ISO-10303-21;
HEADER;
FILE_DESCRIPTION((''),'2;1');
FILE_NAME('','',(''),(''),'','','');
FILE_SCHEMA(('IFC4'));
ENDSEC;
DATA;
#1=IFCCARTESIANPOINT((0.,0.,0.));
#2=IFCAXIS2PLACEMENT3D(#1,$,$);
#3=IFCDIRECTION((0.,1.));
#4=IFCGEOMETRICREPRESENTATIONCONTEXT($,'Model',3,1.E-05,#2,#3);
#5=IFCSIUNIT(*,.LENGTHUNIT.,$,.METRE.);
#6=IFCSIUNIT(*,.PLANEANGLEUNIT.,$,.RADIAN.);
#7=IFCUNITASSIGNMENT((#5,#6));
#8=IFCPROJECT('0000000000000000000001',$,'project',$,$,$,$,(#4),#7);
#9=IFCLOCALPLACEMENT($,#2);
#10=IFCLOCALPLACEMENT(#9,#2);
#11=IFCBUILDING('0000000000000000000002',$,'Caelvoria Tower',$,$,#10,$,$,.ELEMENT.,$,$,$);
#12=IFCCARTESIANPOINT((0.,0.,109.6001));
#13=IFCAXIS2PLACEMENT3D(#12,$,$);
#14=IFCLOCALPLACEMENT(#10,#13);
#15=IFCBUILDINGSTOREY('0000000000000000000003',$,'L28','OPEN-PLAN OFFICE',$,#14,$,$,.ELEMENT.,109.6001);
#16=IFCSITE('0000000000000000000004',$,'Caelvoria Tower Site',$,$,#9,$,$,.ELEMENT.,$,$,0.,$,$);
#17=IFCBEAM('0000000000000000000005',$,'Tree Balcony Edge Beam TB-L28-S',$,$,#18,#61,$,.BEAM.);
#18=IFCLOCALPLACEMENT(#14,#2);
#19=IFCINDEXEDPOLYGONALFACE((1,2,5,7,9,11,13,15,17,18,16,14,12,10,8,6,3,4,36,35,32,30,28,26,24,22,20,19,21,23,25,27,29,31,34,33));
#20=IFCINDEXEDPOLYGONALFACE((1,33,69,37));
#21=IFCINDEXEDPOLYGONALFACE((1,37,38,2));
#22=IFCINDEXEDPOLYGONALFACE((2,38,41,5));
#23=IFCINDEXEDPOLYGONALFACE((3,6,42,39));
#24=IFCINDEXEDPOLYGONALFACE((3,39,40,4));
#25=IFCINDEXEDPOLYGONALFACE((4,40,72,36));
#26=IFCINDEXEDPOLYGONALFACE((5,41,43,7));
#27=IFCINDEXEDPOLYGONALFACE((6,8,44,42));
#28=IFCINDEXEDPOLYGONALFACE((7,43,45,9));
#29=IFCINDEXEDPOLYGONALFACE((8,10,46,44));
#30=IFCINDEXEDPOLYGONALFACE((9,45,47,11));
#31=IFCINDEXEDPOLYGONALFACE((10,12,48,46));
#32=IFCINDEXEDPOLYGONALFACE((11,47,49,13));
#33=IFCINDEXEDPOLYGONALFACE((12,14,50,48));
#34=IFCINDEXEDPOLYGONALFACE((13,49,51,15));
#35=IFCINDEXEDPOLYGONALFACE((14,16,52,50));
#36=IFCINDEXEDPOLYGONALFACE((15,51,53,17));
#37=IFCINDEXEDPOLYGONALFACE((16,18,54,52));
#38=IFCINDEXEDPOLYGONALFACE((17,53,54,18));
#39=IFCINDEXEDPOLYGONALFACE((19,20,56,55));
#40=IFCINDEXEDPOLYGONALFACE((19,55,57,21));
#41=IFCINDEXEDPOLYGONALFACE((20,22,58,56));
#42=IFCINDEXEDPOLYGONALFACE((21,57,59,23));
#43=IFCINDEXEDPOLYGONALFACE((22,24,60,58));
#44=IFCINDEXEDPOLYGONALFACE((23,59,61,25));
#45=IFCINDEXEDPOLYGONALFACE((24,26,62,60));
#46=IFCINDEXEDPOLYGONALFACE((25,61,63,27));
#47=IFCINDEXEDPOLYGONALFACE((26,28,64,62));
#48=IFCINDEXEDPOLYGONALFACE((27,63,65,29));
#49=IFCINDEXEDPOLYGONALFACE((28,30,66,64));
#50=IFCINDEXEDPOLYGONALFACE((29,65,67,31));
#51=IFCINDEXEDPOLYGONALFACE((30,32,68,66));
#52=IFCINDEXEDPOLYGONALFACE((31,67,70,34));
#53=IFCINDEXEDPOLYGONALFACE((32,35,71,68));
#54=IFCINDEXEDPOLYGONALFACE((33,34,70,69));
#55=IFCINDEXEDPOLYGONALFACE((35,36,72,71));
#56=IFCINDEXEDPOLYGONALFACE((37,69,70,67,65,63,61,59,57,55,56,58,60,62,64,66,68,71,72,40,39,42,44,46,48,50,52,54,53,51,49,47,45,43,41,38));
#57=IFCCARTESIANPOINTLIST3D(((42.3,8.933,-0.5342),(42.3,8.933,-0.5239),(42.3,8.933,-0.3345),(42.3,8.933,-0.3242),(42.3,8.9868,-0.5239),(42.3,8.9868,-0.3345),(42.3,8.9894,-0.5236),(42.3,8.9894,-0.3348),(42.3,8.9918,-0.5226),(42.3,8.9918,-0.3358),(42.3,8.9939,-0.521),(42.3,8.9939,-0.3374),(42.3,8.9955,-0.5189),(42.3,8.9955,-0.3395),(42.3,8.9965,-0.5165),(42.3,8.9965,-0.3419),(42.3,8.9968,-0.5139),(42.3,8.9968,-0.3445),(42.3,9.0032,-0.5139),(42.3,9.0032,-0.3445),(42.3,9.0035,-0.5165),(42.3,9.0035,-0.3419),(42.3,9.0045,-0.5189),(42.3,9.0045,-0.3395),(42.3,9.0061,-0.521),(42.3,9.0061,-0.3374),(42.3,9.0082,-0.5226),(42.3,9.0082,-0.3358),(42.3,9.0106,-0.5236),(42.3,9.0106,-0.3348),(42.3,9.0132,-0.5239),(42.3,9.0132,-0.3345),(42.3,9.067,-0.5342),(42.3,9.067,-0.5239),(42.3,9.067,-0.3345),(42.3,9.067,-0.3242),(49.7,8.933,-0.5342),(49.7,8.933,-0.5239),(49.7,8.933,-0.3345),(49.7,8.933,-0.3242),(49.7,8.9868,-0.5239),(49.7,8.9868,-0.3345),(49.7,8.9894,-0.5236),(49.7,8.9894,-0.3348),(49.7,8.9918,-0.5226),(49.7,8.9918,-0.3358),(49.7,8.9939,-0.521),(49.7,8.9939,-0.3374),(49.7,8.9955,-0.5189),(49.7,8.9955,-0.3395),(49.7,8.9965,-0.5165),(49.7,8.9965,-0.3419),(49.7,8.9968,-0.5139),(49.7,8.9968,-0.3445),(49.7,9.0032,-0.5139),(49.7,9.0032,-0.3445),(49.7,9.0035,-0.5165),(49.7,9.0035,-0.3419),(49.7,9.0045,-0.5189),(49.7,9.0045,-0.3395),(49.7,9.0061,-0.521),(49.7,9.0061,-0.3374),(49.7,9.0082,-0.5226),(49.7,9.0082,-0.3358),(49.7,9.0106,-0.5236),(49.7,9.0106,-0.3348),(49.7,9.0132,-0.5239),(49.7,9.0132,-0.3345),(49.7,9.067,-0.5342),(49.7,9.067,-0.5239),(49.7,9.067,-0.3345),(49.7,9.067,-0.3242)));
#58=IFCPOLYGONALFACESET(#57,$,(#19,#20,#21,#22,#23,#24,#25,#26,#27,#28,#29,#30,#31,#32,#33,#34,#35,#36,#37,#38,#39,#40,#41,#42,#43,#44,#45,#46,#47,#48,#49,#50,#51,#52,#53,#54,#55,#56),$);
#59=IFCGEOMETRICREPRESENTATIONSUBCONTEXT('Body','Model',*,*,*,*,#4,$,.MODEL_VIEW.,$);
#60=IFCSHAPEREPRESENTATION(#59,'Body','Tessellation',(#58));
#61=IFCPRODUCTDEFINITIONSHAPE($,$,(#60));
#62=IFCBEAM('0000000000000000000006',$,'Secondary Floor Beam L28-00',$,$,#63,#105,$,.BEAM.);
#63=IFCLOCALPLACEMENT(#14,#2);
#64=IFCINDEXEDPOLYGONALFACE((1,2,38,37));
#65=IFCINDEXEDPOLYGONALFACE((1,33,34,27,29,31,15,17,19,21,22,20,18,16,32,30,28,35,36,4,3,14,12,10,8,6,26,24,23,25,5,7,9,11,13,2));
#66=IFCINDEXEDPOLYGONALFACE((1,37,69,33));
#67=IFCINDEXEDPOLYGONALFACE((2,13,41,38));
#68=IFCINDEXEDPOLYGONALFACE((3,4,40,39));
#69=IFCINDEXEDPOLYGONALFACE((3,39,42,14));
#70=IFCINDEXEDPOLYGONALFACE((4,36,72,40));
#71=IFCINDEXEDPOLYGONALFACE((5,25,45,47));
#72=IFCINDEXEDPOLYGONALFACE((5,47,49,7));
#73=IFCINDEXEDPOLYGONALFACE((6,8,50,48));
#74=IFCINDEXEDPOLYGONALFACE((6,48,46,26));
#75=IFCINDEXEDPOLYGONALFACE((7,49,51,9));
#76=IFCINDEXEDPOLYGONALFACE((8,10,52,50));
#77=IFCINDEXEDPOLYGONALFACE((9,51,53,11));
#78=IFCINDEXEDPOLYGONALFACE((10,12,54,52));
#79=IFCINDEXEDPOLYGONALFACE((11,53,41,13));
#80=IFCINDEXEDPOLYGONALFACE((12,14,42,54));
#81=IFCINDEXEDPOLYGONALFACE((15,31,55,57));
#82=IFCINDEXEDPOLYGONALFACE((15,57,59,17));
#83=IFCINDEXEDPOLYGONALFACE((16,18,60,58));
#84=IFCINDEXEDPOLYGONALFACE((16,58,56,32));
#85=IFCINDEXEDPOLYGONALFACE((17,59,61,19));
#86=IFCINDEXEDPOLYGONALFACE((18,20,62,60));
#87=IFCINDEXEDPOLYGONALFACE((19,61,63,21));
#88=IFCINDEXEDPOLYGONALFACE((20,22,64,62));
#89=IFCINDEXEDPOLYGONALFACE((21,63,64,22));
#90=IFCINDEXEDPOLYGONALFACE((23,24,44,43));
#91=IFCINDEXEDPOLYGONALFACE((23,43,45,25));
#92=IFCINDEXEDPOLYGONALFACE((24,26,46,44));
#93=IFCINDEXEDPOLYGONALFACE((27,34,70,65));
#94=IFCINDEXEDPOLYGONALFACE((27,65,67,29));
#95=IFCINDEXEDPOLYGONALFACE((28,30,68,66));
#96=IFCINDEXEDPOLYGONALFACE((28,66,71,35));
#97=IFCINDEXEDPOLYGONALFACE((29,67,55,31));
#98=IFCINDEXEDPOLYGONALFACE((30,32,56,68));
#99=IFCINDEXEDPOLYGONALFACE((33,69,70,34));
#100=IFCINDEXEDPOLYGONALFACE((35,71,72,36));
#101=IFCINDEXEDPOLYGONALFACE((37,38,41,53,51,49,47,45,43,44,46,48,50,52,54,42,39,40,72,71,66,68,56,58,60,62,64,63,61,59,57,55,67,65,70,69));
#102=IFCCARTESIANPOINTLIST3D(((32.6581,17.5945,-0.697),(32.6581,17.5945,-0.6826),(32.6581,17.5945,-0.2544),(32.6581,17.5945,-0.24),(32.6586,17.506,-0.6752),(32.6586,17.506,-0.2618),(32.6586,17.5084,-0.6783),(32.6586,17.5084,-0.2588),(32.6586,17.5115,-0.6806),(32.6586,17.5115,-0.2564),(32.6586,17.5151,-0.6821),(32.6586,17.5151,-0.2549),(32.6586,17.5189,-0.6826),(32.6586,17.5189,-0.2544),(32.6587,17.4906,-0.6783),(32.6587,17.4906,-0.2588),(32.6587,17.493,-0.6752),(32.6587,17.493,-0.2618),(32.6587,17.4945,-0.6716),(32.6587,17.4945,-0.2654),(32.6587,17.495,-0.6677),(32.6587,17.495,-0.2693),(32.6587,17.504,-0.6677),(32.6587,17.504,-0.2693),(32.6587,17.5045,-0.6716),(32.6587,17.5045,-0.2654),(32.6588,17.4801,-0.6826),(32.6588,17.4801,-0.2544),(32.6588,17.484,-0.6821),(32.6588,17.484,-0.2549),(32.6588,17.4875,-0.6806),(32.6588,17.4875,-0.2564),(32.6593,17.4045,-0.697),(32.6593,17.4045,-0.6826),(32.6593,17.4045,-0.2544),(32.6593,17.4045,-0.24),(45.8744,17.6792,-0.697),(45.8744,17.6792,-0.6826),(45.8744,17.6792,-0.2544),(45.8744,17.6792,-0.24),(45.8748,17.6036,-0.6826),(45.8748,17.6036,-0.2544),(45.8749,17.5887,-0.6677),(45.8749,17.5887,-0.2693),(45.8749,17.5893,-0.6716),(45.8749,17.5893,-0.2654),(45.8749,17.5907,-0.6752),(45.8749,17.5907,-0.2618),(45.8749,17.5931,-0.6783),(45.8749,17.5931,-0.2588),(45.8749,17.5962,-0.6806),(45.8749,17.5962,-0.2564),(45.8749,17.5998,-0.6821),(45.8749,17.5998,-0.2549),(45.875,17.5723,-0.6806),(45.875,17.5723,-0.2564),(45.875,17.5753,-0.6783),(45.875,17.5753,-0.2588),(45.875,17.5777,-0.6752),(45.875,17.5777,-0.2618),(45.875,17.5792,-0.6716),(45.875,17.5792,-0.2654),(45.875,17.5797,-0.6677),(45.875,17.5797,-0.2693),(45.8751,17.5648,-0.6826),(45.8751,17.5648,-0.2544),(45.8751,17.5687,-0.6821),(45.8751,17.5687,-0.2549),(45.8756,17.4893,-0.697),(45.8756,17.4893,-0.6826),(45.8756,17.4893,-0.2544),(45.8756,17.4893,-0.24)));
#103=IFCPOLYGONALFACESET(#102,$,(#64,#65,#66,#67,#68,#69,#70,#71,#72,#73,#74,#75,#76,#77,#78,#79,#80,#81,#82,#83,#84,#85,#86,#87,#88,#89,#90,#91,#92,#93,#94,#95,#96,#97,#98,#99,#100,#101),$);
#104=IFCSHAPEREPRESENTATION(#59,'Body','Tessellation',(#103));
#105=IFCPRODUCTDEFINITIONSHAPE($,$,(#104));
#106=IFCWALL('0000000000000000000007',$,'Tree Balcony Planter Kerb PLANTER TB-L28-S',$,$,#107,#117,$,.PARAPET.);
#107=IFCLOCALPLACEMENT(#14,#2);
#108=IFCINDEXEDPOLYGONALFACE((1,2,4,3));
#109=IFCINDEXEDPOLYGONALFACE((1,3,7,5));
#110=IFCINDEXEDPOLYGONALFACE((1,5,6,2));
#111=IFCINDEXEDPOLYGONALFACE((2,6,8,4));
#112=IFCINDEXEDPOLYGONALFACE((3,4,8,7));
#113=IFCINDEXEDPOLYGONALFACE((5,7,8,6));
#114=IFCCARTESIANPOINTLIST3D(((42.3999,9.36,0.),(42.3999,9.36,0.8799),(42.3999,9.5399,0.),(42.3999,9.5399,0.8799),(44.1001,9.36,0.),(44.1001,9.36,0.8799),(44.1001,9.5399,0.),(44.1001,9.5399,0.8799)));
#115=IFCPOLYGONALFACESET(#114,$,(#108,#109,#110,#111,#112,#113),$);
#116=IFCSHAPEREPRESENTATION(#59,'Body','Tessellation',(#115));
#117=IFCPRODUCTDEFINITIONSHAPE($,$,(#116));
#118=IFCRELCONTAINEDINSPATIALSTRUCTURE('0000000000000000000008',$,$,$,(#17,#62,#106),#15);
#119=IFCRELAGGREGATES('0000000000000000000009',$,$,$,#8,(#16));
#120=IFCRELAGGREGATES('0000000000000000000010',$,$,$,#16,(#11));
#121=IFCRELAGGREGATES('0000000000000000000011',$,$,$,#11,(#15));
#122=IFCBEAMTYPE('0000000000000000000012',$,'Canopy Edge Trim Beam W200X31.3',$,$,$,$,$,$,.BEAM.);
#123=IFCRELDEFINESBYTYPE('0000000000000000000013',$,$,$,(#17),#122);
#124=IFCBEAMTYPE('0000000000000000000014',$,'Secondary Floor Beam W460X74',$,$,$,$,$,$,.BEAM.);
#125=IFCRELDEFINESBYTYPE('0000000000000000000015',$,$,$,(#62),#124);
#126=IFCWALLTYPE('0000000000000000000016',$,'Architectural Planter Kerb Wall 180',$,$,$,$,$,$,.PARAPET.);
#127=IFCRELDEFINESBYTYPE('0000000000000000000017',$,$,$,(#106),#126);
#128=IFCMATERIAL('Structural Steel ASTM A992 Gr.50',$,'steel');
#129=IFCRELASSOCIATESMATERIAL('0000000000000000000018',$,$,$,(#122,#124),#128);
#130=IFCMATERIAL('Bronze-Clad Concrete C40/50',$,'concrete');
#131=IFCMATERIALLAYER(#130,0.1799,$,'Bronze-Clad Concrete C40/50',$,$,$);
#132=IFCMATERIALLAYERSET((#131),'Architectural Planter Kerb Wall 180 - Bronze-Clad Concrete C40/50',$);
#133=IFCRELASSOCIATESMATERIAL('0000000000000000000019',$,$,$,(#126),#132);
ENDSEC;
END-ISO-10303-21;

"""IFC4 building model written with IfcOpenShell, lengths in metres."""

from ifc_helpers import new_model, si_unit, direction, frame, frame_2d, origin, origin_2d, place, context, subcontext, project, spatial, rectangle, i_section, extrude, material, layer, layer_set, material_profile, profile_set, type_object, element, save


model = new_model("IFC4")

# Units and contexts
model_context = context("Model", 3, precision=1e-05, world=origin(), true_north=direction((0.0, 1.0)))
body_context = subcontext(model_context, "Body", "Model", "MODEL_VIEW")
ifc_project = project(units=[si_unit("LENGTHUNIT", "METRE"), si_unit("PLANEANGLEUNIT", "RADIAN")], contexts=[model_context])

# Site, building, storey
site_placement = place(None, origin())
site = spatial("IfcSite", under=ifc_project, at=site_placement, Name="Caelvoria Tower Site", CompositionType="ELEMENT", RefElevation=0.0)
building_placement = place(site_placement, origin())
building = spatial("IfcBuilding", under=site, at=building_placement, Name="Caelvoria Tower", CompositionType="ELEMENT")
storey_placement = place(building_placement, frame((0.0, 0.0, 109.6001)))
storey = spatial("IfcBuildingStorey", under=building, at=storey_placement, Name="L28", Description="OPEN-PLAN OFFICE", CompositionType="ELEMENT", Elevation=109.6001)

# Beams
ifc_material_1 = material(Name="Structural Steel ASTM A992 Gr.50", Category="steel")
ifc_material_profile_1 = material_profile(ifc_material_1, i_section(OverallWidth=0.134, OverallDepth=0.21, WebThickness=0.0063, FlangeThickness=0.0103, FilletRadius=0.01, at=origin_2d()), Name="Structural Steel ASTM A992 Gr.50")
ifc_profile_set_1 = profile_set([ifc_material_profile_1], Name="W200X31.3 - Structural Steel ASTM A992 Gr.50")
beam_type_1 = type_object("IfcBeamType", Name="Canopy Edge Trim Beam W200X31.3", PredefinedType="BEAM", material=ifc_profile_set_1)
beam_1_placement = place(storey_placement, frame((42.3, 9.0, -0.4292), z_axis=(1.0, 0.0, 0.0), x_axis=(0.0, 1.0, 0.0)))
element("IfcBeam", 1, at=beam_1_placement, inside=storey, type_object=beam_type_1, Name="Tree Balcony Edge Beam TB-L28-S", PredefinedType="BEAM", context=body_context, shape_type="SweptSolid", body=[
    extrude(i_section(OverallWidth=0.134, OverallDepth=0.21, WebThickness=0.0063, FlangeThickness=0.0103, FilletRadius=0.01, at=origin_2d()), origin(), (0.0, 0.0, 1.0), 7.3999),
])
ifc_material_profile_2 = material_profile(ifc_material_1, i_section(OverallWidth=0.1899, OverallDepth=0.457, WebThickness=0.009, FlangeThickness=0.0144, FilletRadius=0.0149, at=origin_2d()), Name="Structural Steel ASTM A992 Gr.50")
ifc_profile_set_2 = profile_set([ifc_material_profile_2], Name="W460X74 - Structural Steel ASTM A992 Gr.50")
beam_type_2 = type_object("IfcBeamType", Name="Secondary Floor Beam W460X74", PredefinedType="BEAM", material=ifc_profile_set_2)
beam_2_placement = place(storey_placement, frame((32.6587, 17.4995, -0.4685), z_axis=(0.999979, 0.00641, 0.0), x_axis=(-0.00641, 0.999979, 0.0)))
element("IfcBeam", 2, at=beam_2_placement, inside=storey, type_object=beam_type_2, Name="Secondary Floor Beam L28-00", PredefinedType="BEAM", context=body_context, shape_type="SweptSolid", body=[
    extrude(i_section(OverallWidth=0.1899, OverallDepth=0.457, WebThickness=0.009, FlangeThickness=0.0144, FilletRadius=0.0149, at=origin_2d()), origin(), (0.0, 0.0, 1.0), 13.2166),
])

# Wall
ifc_material_2 = material(Name="Bronze-Clad Concrete C40/50", Category="concrete")
ifc_layer_1 = layer(ifc_material_2, 0.1799, Name="Bronze-Clad Concrete C40/50")
ifc_layer_set_1 = layer_set([ifc_layer_1], Name="Architectural Planter Kerb Wall 180 - Bronze-Clad Concrete C40/50")
wall_type_1 = type_object("IfcWallType", Name="Architectural Planter Kerb Wall 180", PredefinedType="PARAPET", material=ifc_layer_set_1)
wall_1_placement = place(storey_placement, frame((42.3999, 9.45, 0.0), z_axis=(0.0, 0.0, 1.0), x_axis=(1.0, 0.0, 0.0)))
element("IfcWall", 3, at=wall_1_placement, inside=storey, type_object=wall_type_1, Name="Tree Balcony Planter Kerb PLANTER TB-L28-S", PredefinedType="PARAPET", context=body_context, shape_type="SweptSolid", body=[
    extrude(rectangle(XDim=1.7002, YDim=0.1799, at=frame_2d((0.8501, 0.0))), origin(), (0.0, 0.0, 1.0), 0.8799),
])

save(model, "model.ifc")
